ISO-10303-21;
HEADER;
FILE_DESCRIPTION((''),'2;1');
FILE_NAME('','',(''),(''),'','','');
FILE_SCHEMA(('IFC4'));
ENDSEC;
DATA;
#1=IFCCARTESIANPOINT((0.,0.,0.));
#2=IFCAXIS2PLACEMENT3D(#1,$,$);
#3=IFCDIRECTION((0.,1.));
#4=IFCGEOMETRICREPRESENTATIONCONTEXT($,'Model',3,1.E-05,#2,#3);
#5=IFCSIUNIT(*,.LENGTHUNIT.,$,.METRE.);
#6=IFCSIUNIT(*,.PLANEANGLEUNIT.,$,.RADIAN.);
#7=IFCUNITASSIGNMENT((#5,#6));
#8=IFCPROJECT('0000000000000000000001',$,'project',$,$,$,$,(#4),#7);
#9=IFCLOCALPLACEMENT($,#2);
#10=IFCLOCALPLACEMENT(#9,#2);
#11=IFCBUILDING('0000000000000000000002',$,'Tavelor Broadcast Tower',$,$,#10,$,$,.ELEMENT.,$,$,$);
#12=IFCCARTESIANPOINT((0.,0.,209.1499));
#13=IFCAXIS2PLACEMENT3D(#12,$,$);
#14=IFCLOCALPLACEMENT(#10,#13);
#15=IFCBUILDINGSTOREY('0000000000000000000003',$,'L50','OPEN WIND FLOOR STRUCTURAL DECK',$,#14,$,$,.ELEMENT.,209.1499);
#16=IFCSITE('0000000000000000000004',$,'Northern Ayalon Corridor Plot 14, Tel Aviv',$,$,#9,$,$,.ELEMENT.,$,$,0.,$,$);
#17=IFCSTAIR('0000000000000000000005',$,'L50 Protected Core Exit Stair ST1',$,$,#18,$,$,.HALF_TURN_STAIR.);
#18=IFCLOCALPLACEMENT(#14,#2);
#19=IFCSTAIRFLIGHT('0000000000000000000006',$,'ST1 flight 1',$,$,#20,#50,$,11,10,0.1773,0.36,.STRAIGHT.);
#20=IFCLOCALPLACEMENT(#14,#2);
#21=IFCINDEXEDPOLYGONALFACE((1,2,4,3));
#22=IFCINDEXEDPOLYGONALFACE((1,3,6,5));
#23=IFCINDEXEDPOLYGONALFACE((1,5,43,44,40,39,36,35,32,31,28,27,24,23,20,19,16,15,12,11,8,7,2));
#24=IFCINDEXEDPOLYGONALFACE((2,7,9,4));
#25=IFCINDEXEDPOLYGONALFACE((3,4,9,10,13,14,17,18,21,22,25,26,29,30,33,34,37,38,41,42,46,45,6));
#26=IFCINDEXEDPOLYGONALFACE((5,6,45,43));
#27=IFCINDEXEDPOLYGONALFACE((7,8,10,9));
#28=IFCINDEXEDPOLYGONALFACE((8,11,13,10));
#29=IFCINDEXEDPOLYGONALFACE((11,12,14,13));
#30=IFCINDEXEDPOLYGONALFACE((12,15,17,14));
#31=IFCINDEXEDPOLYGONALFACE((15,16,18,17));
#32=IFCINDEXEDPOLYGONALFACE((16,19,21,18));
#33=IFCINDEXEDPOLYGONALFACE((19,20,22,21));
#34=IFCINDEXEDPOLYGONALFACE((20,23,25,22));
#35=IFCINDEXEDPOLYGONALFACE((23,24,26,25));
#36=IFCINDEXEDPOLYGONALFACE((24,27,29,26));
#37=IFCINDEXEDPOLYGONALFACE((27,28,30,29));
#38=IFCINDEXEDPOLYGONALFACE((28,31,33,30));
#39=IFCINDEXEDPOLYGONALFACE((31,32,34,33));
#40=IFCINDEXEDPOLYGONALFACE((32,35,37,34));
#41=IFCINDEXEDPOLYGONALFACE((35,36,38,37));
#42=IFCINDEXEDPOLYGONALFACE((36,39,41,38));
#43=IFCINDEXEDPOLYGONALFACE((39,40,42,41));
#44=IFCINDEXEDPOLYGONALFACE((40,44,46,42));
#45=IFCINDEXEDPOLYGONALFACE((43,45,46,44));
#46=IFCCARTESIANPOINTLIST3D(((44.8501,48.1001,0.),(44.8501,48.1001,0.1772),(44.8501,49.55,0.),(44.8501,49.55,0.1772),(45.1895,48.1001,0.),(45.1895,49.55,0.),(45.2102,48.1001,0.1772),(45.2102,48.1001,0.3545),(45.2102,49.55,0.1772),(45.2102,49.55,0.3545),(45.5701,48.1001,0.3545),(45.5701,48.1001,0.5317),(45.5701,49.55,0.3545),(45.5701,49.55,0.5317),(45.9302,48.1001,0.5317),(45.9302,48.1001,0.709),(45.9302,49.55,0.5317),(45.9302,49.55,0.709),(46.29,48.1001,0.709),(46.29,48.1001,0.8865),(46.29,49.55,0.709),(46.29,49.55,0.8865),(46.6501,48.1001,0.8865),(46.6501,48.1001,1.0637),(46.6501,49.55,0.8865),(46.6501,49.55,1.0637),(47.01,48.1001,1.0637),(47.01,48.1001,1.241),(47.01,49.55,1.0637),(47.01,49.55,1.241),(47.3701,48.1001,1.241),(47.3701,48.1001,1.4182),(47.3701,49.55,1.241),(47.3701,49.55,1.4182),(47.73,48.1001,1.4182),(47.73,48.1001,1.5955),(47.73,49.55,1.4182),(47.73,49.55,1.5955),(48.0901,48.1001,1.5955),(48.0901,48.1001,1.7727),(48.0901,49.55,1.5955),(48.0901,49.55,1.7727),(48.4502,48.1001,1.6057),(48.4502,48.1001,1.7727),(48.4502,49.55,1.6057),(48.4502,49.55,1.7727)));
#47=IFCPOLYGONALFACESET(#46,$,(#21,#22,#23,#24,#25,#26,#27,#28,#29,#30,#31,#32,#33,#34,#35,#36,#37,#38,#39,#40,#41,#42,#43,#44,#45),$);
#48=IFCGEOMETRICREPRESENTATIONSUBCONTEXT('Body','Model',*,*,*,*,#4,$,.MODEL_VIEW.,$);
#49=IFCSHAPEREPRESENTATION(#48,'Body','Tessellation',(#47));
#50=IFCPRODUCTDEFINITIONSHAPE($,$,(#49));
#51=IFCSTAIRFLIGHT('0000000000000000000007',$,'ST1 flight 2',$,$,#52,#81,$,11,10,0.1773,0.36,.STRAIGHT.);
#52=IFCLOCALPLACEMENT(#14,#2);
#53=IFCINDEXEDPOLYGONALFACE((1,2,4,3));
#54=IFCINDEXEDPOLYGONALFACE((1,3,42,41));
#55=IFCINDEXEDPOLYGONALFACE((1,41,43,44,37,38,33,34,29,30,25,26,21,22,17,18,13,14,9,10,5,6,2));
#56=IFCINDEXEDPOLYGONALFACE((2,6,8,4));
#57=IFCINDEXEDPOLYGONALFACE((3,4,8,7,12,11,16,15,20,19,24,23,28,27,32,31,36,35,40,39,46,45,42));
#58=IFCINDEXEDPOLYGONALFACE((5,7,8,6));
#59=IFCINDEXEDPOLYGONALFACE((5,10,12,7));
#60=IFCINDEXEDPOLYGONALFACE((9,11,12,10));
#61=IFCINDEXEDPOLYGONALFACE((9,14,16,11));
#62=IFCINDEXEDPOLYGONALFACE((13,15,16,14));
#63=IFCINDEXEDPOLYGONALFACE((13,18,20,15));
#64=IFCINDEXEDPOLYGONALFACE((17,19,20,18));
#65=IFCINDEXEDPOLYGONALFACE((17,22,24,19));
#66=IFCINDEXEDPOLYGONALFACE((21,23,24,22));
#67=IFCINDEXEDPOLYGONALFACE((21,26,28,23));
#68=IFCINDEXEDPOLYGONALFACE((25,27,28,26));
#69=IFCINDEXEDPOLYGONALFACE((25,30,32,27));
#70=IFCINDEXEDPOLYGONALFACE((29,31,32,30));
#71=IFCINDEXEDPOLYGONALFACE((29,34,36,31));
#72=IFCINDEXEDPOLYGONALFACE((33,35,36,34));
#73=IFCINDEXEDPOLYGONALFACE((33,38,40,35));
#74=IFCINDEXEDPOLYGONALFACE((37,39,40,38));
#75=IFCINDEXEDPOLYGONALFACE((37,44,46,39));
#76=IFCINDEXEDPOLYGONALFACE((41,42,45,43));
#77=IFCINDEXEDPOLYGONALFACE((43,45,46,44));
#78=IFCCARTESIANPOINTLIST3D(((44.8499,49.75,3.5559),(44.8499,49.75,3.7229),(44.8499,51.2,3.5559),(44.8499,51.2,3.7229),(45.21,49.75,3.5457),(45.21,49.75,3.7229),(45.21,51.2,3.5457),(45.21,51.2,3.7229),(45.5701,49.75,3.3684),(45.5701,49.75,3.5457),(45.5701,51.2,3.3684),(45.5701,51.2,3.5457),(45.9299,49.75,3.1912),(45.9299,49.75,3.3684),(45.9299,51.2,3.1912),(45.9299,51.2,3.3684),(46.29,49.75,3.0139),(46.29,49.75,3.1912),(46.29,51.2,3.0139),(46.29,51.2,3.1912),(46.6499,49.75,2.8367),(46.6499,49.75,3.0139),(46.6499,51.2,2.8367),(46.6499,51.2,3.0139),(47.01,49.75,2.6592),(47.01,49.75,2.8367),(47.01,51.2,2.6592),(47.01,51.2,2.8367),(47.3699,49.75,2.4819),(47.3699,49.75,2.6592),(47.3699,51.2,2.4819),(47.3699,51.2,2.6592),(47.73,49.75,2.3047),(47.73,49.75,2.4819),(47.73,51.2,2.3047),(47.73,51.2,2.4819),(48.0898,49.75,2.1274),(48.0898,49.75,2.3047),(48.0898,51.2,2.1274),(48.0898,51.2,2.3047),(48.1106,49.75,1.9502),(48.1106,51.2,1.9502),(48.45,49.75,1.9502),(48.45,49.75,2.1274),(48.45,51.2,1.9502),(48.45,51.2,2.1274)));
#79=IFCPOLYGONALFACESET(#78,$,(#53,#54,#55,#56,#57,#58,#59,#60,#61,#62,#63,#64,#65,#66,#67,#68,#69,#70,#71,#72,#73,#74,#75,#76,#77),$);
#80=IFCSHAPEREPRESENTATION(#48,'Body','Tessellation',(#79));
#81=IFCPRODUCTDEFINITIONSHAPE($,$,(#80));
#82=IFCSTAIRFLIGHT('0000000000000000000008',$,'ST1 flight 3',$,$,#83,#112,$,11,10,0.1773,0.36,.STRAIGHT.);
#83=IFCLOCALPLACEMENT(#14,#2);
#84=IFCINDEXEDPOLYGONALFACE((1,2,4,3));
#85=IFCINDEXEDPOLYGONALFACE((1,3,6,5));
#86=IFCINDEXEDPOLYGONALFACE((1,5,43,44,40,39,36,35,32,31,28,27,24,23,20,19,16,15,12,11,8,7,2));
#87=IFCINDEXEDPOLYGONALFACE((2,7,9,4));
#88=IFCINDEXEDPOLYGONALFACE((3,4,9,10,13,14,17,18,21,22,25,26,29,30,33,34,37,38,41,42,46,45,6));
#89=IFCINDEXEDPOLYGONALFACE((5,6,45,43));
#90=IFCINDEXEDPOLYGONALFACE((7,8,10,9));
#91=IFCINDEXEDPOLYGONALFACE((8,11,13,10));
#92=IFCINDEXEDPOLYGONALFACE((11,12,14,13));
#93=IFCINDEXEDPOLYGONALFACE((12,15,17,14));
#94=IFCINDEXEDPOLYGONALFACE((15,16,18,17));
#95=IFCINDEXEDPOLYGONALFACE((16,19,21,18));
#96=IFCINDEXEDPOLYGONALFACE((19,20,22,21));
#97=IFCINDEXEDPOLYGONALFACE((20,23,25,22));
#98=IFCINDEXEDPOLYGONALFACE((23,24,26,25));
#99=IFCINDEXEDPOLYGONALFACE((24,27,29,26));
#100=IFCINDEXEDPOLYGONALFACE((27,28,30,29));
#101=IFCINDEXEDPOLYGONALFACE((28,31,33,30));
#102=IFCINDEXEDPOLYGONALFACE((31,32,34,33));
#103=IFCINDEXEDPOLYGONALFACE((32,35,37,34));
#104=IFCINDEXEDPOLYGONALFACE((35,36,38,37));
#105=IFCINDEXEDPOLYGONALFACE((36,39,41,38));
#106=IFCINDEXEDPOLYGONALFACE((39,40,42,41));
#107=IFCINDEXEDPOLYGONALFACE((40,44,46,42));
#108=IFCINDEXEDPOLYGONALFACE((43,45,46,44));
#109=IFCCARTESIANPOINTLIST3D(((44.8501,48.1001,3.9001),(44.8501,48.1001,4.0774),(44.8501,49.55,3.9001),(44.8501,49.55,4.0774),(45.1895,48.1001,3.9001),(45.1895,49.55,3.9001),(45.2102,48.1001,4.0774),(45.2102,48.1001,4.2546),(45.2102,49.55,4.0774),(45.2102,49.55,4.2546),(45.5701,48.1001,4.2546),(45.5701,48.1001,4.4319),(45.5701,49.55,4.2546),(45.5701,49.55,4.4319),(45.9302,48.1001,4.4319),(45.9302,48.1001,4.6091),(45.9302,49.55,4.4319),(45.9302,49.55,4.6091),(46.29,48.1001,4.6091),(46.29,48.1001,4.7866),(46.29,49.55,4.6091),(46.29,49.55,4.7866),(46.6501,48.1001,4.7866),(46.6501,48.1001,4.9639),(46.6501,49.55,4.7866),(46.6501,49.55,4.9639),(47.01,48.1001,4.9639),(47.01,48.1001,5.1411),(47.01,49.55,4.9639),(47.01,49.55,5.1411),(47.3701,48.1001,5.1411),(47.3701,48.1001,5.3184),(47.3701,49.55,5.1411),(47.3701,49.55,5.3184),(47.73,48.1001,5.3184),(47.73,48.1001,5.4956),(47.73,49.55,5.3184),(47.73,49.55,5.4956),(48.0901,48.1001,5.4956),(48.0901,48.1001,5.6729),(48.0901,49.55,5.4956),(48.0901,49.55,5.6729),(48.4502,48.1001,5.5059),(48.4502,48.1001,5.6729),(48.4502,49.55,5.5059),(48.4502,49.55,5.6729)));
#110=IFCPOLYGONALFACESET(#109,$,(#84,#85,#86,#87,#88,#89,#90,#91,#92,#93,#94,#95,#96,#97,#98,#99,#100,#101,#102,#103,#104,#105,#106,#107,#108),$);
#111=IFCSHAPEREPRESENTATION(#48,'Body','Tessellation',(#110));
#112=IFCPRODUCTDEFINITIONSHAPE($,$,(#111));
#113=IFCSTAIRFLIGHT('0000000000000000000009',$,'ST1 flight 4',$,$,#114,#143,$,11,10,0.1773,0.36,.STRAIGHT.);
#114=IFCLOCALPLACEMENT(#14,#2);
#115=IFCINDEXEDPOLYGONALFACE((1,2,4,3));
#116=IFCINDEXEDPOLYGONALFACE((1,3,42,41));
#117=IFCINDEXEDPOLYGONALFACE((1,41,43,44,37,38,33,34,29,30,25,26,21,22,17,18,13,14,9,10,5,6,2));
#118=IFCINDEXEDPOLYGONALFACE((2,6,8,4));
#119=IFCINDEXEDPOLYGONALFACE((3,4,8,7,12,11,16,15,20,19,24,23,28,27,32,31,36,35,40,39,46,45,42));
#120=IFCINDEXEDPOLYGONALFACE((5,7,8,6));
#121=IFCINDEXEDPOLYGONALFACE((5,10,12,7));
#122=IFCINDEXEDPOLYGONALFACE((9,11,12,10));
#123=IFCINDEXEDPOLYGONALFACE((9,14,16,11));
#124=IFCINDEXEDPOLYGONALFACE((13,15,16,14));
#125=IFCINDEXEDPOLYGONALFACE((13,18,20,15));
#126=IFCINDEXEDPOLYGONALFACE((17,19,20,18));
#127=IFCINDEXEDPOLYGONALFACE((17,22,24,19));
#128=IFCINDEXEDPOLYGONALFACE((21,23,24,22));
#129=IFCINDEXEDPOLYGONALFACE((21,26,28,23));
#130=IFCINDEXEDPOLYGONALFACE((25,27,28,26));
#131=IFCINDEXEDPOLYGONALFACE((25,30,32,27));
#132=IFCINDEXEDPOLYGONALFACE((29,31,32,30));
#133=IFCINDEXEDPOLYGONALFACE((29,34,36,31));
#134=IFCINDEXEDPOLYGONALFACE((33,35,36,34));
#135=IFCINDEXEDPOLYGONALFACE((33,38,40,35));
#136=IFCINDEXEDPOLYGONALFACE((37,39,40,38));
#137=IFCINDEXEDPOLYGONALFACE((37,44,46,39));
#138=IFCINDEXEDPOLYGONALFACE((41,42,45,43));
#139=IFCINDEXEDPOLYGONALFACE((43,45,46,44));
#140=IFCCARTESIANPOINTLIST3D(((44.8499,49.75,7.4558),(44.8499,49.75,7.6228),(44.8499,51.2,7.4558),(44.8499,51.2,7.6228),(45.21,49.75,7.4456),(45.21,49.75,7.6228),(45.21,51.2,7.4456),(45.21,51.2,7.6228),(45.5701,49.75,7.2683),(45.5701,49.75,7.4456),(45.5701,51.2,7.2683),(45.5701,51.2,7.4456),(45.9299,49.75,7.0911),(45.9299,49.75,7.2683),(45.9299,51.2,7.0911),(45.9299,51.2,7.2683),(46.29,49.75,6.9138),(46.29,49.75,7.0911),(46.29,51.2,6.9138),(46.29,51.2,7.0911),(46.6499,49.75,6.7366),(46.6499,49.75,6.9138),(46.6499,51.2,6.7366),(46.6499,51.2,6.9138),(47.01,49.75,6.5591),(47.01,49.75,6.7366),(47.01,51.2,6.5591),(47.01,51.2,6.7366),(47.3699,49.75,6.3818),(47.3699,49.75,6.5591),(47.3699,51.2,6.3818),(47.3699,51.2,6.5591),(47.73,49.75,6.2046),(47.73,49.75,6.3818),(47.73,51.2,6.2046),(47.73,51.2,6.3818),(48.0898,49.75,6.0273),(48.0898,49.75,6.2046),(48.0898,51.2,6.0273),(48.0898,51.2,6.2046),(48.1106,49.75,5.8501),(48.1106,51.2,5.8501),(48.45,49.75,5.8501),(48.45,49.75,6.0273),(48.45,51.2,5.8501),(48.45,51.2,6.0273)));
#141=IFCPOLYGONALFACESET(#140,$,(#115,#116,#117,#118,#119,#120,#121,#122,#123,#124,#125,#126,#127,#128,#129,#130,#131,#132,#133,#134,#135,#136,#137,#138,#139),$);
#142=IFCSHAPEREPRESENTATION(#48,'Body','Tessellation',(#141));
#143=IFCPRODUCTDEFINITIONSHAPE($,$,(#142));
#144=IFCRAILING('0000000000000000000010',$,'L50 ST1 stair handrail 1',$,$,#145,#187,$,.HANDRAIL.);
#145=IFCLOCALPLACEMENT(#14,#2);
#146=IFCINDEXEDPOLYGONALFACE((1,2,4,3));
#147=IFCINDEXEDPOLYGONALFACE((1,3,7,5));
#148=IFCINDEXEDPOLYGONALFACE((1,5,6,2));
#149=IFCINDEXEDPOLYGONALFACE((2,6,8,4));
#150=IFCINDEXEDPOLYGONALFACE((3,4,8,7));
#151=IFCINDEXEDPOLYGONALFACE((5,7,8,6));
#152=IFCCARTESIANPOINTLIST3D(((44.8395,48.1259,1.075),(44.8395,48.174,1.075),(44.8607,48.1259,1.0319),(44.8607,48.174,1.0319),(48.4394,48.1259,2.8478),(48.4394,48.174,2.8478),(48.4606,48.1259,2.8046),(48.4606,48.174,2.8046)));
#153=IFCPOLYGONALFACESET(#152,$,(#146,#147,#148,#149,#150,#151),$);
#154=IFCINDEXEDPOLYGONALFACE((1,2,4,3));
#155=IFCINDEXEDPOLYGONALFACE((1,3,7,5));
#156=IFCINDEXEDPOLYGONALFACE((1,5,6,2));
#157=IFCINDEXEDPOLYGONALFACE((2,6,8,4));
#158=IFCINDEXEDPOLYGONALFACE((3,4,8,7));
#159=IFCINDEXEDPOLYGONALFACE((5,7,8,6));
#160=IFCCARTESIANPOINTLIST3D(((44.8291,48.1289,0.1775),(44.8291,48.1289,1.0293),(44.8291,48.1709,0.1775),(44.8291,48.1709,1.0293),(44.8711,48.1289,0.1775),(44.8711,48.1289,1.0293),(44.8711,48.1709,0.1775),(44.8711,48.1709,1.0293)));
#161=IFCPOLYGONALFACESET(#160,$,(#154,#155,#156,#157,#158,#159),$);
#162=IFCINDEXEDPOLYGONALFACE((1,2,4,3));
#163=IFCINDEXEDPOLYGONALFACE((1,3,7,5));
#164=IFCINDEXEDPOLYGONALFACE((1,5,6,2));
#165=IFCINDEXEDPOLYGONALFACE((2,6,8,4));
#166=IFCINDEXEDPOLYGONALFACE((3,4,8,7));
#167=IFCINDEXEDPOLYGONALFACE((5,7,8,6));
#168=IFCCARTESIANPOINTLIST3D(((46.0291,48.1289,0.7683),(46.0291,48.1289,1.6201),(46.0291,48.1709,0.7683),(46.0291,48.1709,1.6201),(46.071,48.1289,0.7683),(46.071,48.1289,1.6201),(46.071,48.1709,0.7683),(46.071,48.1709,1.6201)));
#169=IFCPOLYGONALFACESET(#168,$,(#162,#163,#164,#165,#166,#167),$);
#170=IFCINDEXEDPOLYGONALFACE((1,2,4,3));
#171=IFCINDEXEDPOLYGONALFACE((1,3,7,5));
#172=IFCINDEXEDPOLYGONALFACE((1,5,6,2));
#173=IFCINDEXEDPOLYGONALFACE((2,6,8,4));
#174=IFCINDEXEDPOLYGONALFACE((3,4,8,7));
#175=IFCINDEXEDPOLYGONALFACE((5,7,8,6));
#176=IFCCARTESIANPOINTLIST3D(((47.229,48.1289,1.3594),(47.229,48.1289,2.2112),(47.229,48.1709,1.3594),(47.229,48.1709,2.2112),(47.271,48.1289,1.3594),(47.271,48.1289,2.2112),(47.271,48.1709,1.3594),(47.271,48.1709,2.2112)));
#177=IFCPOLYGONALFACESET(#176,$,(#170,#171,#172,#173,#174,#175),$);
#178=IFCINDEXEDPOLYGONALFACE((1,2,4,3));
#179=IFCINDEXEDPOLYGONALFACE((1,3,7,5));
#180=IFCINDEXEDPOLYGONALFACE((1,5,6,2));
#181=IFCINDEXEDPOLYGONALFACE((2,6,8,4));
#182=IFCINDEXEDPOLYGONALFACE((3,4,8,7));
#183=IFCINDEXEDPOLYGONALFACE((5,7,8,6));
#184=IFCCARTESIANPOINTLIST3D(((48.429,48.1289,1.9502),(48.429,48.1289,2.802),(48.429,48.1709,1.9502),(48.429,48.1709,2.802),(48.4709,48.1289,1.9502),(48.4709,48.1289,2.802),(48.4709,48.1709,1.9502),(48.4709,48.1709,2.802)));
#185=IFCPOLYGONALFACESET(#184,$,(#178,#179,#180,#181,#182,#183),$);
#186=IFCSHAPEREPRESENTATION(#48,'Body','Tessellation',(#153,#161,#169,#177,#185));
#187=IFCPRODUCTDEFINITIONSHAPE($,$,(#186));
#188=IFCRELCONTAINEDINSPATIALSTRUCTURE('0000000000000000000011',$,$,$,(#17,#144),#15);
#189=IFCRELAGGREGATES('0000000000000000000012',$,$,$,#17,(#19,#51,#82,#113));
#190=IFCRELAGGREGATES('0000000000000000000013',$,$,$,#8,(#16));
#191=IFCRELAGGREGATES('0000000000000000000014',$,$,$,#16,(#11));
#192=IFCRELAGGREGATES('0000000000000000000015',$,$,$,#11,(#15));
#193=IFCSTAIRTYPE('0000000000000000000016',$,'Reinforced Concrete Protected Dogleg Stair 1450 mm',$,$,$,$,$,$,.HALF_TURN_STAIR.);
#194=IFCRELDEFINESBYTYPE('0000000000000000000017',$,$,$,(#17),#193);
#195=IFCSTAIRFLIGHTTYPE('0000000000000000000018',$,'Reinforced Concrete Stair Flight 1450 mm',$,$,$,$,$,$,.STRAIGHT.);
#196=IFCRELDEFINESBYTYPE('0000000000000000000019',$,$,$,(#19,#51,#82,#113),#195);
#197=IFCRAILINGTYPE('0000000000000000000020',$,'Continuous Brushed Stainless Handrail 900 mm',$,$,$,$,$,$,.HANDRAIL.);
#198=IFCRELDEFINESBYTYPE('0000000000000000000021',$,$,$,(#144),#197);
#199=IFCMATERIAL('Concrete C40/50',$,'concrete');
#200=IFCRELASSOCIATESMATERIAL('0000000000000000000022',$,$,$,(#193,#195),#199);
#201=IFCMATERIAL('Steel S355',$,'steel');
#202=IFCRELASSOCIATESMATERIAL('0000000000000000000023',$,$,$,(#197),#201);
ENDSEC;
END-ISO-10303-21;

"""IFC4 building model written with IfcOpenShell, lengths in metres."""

from ifc_helpers import new_model, si_unit, direction, frame, origin, origin_2d, place, context, subcontext, project, spatial, polyline, rectangle, outline, extrude, material, type_object, element, aggregate, save


model = new_model("IFC4")

# Units and contexts
model_context = context("Model", 3, precision=1e-05, world=origin(), true_north=direction((0.0, 1.0)))
body_context = subcontext(model_context, "Body", "Model", "MODEL_VIEW")
ifc_project = project(units=[si_unit("LENGTHUNIT", "METRE"), si_unit("PLANEANGLEUNIT", "RADIAN")], contexts=[model_context])

# Site, building, storey
site_placement = place(None, origin())
site = spatial("IfcSite", under=ifc_project, at=site_placement, Name="Northern Ayalon Corridor Plot 14, Tel Aviv", CompositionType="ELEMENT", RefElevation=0.0)
building_placement = place(site_placement, origin())
building = spatial("IfcBuilding", under=site, at=building_placement, Name="Tavelor Broadcast Tower", CompositionType="ELEMENT")
storey_placement = place(building_placement, frame((0.0, 0.0, 209.1499)))
storey = spatial("IfcBuildingStorey", under=building, at=storey_placement, Name="L50", Description="OPEN WIND FLOOR STRUCTURAL DECK", CompositionType="ELEMENT", Elevation=209.1499)

# Shared definitions
ifc_material_1 = material(Name="Steel S355", Category="steel")

# Stair, stair flights
ifc_material_2 = material(Name="Concrete C40/50", Category="concrete")
stair_type = type_object("IfcStairType", Name="Reinforced Concrete Protected Dogleg Stair 1450 mm", PredefinedType="HALF_TURN_STAIR", material=ifc_material_2)
stair_placement = place(storey_placement, origin())
stair = element("IfcStair", 1, at=stair_placement, inside=storey, type_object=stair_type, Name="L50 Protected Core Exit Stair ST1", PredefinedType="HALF_TURN_STAIR")
stair_flight_type = type_object("IfcStairFlightType", Name="Reinforced Concrete Stair Flight 1450 mm", PredefinedType="STRAIGHT", material=ifc_material_2)
stair_flight_1_placement = place(storey_placement, frame((44.8501, 48.825, 0.0), z_axis=(0.0, 0.0, 1.0), x_axis=(1.0, 0.0, 0.0)))
stair_flight_1 = element("IfcStairFlight", 2, at=stair_flight_1_placement, type_object=stair_flight_type, Name="ST1 flight 1", NumberOfRisers=11, NumberOfTreads=10, PredefinedType="STRAIGHT", RiserHeight=0.1773, TreadLength=0.36, context=body_context, shape_type="SweptSolid", body=[
    extrude(outline(polyline([(0.0, 0.0), (0.0, 0.1772), (0.3601, 0.1772), (0.3601, 0.3545), (0.72, 0.3545), (0.72, 0.5317), (1.0801, 0.5317), (1.0801, 0.709), (1.4399, 0.709), (1.4399, 0.8865), (1.8, 0.8865), (1.8, 1.0637), (2.1599, 1.0637), (2.1599, 1.241), (2.52, 1.241), (2.52, 1.4182), (2.8799, 1.4182), (2.8799, 1.5955), (3.24, 1.5955), (3.24, 1.7727), (3.6001, 1.7727), (3.6001, 1.95), (3.6001, 1.6057), (0.3394, 0.0), (0.0, 0.0)])), frame((0.0, 0.7251, 0.0), z_axis=(0.0, -1.0, 0.0), x_axis=(1.0, 0.0, 0.0)), (0.0, 0.0, 1.0), 1.45),
])
stair_flight_2_placement = place(storey_placement, frame((48.45, 50.4751, 1.9502), z_axis=(0.0, 0.0, 1.0), x_axis=(-1.0, 0.0, 0.0)))
stair_flight_2 = element("IfcStairFlight", 3, at=stair_flight_2_placement, type_object=stair_flight_type, Name="ST1 flight 2", NumberOfRisers=11, NumberOfTreads=10, PredefinedType="STRAIGHT", RiserHeight=0.1773, TreadLength=0.36, context=body_context, shape_type="SweptSolid", body=[
    extrude(outline(polyline([(0.0, 0.0), (0.0, 0.1772), (0.3601, 0.1772), (0.3601, 0.3545), (0.72, 0.3545), (0.72, 0.5317), (1.0801, 0.5317), (1.0801, 0.709), (1.4399, 0.709), (1.4399, 0.8865), (1.8, 0.8865), (1.8, 1.0637), (2.1599, 1.0637), (2.1599, 1.241), (2.52, 1.241), (2.52, 1.4182), (2.8799, 1.4182), (2.8799, 1.5955), (3.24, 1.5955), (3.24, 1.7727), (3.6001, 1.7727), (3.6001, 1.95), (3.6001, 1.6057), (0.3394, 0.0), (0.0, 0.0)])), frame((0.0, 0.7251, 0.0), z_axis=(0.0, -1.0, 0.0), x_axis=(1.0, 0.0, 0.0)), (0.0, 0.0, 1.0), 1.45),
])
stair_flight_3_placement = place(storey_placement, frame((44.8501, 48.825, 3.9001), z_axis=(0.0, 0.0, 1.0), x_axis=(1.0, 0.0, 0.0)))
stair_flight_3 = element("IfcStairFlight", 4, at=stair_flight_3_placement, type_object=stair_flight_type, Name="ST1 flight 3", NumberOfRisers=11, NumberOfTreads=10, PredefinedType="STRAIGHT", RiserHeight=0.1773, TreadLength=0.36, context=body_context, shape_type="SweptSolid", body=[
    extrude(outline(polyline([(0.0, 0.0), (0.0, 0.1772), (0.3601, 0.1772), (0.3601, 0.3545), (0.72, 0.3545), (0.72, 0.5317), (1.0801, 0.5317), (1.0801, 0.709), (1.4399, 0.709), (1.4399, 0.8865), (1.8, 0.8865), (1.8, 1.0637), (2.1599, 1.0637), (2.1599, 1.241), (2.52, 1.241), (2.52, 1.4182), (2.8799, 1.4182), (2.8799, 1.5955), (3.24, 1.5955), (3.24, 1.7727), (3.6001, 1.7727), (3.6001, 1.95), (3.6001, 1.6057), (0.3394, 0.0), (0.0, 0.0)])), frame((0.0, 0.7251, 0.0), z_axis=(0.0, -1.0, 0.0), x_axis=(1.0, 0.0, 0.0)), (0.0, 0.0, 1.0), 1.45),
])
stair_flight_4_placement = place(storey_placement, frame((48.45, 50.4751, 5.8501), z_axis=(0.0, 0.0, 1.0), x_axis=(-1.0, 0.0, 0.0)))
stair_flight_4 = element("IfcStairFlight", 5, at=stair_flight_4_placement, type_object=stair_flight_type, Name="ST1 flight 4", NumberOfRisers=11, NumberOfTreads=10, PredefinedType="STRAIGHT", RiserHeight=0.1773, TreadLength=0.36, context=body_context, shape_type="SweptSolid", body=[
    extrude(outline(polyline([(0.0, 0.0), (0.0, 0.1772), (0.3601, 0.1772), (0.3601, 0.3545), (0.72, 0.3545), (0.72, 0.5317), (1.0801, 0.5317), (1.0801, 0.709), (1.4399, 0.709), (1.4399, 0.8865), (1.8, 0.8865), (1.8, 1.0637), (2.1599, 1.0637), (2.1599, 1.241), (2.52, 1.241), (2.52, 1.4182), (2.8799, 1.4182), (2.8799, 1.5955), (3.24, 1.5955), (3.24, 1.7727), (3.6001, 1.7727), (3.6001, 1.95), (3.6001, 1.6057), (0.3394, 0.0), (0.0, 0.0)])), frame((0.0, 0.7251, 0.0), z_axis=(0.0, -1.0, 0.0), x_axis=(1.0, 0.0, 0.0)), (0.0, 0.0, 1.0), 1.45),
])
aggregate(stair, [stair_flight_1, stair_flight_2, stair_flight_3, stair_flight_4])

# Railing
railing_type_1 = type_object("IfcRailingType", Name="Continuous Brushed Stainless Handrail 900 mm", PredefinedType="HANDRAIL", material=ifc_material_1)
railing_1_placement = place(storey_placement, frame((44.8501, 48.1499, 0.1775)))
element("IfcRailing", 6, at=railing_1_placement, inside=storey, type_object=railing_type_1, Name="L50 ST1 stair handrail 1", PredefinedType="HANDRAIL", context=body_context, shape_type="SweptSolid", body=[
    extrude(rectangle(XDim=0.0481, YDim=0.0481, at=origin_2d()), frame((0.0, 0.0, 0.876), z_axis=(0.897124, 0.0, 0.441778), x_axis=(0.0, 1.0, 0.0)), (0.0, 0.0, 1.0), 4.0127),
    extrude(rectangle(XDim=0.042, YDim=0.042, at=origin_2d()), origin(), (0.0, 0.0, 1.0), 0.8518),
    extrude(rectangle(XDim=0.042, YDim=0.042, at=origin_2d()), frame((1.2, 0.0, 0.5908)), (0.0, 0.0, 1.0), 0.8518),
    extrude(rectangle(XDim=0.042, YDim=0.042, at=origin_2d()), frame((2.3999, 0.0, 1.1819)), (0.0, 0.0, 1.0), 0.8518),
    extrude(rectangle(XDim=0.042, YDim=0.042, at=origin_2d()), frame((3.5999, 0.0, 1.7727)), (0.0, 0.0, 1.0), 0.8518),
])

save(model, "model.ifc")
